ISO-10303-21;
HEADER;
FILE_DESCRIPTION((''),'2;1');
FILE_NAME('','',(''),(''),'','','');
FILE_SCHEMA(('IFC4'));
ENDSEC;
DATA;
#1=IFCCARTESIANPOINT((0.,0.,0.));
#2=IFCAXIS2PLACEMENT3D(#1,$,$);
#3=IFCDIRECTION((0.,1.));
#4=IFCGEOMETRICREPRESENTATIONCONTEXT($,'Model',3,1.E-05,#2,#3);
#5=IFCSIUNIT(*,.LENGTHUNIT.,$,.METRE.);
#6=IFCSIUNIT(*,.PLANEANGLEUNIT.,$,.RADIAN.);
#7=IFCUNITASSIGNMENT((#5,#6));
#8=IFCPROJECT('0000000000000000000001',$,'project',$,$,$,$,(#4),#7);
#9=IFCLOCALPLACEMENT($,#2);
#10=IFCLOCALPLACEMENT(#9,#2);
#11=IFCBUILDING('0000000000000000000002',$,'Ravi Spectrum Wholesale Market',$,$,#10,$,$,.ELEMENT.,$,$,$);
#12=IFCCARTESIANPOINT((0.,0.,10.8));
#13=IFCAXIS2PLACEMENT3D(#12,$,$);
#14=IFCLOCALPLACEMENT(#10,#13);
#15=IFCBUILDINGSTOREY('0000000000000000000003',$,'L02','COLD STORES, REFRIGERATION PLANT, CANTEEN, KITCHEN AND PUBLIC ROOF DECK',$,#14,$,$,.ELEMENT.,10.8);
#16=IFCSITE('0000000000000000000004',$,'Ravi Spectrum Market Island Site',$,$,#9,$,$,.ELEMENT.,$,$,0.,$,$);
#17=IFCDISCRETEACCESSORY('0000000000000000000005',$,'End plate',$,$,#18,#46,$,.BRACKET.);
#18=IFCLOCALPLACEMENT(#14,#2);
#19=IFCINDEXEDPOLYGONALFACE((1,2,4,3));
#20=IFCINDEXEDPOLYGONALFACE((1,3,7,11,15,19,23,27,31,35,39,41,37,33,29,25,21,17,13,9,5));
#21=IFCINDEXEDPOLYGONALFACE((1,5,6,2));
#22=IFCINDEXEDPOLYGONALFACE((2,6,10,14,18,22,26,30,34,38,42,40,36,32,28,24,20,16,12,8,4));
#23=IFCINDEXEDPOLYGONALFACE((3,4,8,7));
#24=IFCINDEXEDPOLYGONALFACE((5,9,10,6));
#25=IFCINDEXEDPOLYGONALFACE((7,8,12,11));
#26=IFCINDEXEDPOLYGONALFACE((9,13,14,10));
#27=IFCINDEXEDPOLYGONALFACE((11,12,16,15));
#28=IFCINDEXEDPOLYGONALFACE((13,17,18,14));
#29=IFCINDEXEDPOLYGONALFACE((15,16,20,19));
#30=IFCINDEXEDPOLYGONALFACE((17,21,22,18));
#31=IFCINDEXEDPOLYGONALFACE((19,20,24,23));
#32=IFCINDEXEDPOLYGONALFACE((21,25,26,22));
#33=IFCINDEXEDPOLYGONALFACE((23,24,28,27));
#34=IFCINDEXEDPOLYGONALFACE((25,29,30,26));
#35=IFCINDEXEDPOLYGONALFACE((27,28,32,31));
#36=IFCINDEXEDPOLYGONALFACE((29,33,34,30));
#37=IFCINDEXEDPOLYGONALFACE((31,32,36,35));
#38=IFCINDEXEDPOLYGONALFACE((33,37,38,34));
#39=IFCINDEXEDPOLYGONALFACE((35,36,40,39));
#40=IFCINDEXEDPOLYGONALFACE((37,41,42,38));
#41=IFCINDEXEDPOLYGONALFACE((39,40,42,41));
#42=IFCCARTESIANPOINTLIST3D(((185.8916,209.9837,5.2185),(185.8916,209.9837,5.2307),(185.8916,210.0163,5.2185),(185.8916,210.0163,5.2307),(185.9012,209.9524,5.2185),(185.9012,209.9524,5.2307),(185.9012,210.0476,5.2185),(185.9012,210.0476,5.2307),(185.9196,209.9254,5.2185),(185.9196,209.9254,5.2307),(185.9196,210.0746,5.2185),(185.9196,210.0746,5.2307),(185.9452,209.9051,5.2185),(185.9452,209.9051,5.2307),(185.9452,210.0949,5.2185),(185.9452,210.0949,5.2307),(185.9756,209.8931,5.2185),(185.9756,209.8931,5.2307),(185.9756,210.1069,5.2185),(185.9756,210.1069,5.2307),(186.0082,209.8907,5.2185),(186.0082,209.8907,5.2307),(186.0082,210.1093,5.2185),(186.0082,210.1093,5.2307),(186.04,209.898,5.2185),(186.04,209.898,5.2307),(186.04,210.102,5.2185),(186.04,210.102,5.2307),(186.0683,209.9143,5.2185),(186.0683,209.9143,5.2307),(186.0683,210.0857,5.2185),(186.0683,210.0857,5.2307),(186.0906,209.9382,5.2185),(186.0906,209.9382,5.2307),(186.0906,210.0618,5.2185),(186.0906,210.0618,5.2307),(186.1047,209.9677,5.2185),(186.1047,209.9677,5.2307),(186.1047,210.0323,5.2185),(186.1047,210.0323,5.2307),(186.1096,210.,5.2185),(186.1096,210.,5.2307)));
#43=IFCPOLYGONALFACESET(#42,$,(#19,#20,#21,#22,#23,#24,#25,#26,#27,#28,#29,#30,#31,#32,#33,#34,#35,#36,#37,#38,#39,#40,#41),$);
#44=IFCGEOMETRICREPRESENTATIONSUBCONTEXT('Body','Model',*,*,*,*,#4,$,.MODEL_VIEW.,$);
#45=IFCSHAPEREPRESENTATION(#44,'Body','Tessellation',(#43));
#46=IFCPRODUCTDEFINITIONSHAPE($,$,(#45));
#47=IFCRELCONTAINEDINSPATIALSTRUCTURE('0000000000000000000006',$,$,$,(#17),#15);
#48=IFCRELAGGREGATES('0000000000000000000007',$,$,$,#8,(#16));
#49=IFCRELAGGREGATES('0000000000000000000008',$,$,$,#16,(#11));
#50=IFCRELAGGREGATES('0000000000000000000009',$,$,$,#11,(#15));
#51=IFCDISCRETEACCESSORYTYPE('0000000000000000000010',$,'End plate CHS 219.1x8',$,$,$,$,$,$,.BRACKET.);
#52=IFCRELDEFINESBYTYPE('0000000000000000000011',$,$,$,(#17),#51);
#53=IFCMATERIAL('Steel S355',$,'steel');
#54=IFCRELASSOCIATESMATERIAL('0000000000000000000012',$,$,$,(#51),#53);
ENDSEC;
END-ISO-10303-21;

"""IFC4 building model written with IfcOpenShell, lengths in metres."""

from ifc_helpers import new_model, si_unit, direction, frame, origin, origin_2d, place, context, subcontext, project, spatial, circle, extrude, material, material_profile, profile_set, type_object, element, save


model = new_model("IFC4")

# Units and contexts
model_context = context("Model", 3, precision=1e-05, world=origin(), true_north=direction((0.0, 1.0)))
body_context = subcontext(model_context, "Body", "Model", "MODEL_VIEW")
ifc_project = project(units=[si_unit("LENGTHUNIT", "METRE"), si_unit("PLANEANGLEUNIT", "RADIAN")], contexts=[model_context])

# Site, building, storey
site_placement = place(None, origin())
site = spatial("IfcSite", under=ifc_project, at=site_placement, Name="Ravi Spectrum Market Island Site", CompositionType="ELEMENT", RefElevation=0.0)
building_placement = place(site_placement, origin())
building = spatial("IfcBuilding", under=site, at=building_placement, Name="Ravi Spectrum Wholesale Market", CompositionType="ELEMENT")
storey_placement = place(building_placement, frame((0.0, 0.0, 10.8)))
storey = spatial("IfcBuildingStorey", under=building, at=storey_placement, Name="L02", Description="COLD STORES, REFRIGERATION PLANT, CANTEEN, KITCHEN AND PUBLIC ROOF DECK", CompositionType="ELEMENT", Elevation=10.8)

# Discrete accessory
ifc_material_1 = material(Name="Steel S355", Category="steel")
ifc_material_profile_1 = material_profile(ifc_material_1, circle(Radius=0.1096, at=origin_2d()))
ifc_profile_set_1 = profile_set([ifc_material_profile_1], Name="Steel S355")
discrete_accessory_type_1 = type_object("IfcDiscreteAccessoryType", Name="End plate CHS 219.1x8", PredefinedType="BRACKET", material=ifc_profile_set_1)
discrete_accessory_1_placement = place(storey_placement, frame((186.0, 210.0, 5.2185), z_axis=(0.0, 0.0, 1.0), x_axis=(1.0, 0.0, 0.0)))
element("IfcDiscreteAccessory", 1, at=discrete_accessory_1_placement, inside=storey, type_object=discrete_accessory_type_1, Name="End plate", PredefinedType="BRACKET", context=body_context, shape_type="SweptSolid", body=[
    extrude(circle(Radius=0.1096, at=origin_2d()), origin(), (0.0, 0.0, 1.0), 0.0122),
])

save(model, "model.ifc")
